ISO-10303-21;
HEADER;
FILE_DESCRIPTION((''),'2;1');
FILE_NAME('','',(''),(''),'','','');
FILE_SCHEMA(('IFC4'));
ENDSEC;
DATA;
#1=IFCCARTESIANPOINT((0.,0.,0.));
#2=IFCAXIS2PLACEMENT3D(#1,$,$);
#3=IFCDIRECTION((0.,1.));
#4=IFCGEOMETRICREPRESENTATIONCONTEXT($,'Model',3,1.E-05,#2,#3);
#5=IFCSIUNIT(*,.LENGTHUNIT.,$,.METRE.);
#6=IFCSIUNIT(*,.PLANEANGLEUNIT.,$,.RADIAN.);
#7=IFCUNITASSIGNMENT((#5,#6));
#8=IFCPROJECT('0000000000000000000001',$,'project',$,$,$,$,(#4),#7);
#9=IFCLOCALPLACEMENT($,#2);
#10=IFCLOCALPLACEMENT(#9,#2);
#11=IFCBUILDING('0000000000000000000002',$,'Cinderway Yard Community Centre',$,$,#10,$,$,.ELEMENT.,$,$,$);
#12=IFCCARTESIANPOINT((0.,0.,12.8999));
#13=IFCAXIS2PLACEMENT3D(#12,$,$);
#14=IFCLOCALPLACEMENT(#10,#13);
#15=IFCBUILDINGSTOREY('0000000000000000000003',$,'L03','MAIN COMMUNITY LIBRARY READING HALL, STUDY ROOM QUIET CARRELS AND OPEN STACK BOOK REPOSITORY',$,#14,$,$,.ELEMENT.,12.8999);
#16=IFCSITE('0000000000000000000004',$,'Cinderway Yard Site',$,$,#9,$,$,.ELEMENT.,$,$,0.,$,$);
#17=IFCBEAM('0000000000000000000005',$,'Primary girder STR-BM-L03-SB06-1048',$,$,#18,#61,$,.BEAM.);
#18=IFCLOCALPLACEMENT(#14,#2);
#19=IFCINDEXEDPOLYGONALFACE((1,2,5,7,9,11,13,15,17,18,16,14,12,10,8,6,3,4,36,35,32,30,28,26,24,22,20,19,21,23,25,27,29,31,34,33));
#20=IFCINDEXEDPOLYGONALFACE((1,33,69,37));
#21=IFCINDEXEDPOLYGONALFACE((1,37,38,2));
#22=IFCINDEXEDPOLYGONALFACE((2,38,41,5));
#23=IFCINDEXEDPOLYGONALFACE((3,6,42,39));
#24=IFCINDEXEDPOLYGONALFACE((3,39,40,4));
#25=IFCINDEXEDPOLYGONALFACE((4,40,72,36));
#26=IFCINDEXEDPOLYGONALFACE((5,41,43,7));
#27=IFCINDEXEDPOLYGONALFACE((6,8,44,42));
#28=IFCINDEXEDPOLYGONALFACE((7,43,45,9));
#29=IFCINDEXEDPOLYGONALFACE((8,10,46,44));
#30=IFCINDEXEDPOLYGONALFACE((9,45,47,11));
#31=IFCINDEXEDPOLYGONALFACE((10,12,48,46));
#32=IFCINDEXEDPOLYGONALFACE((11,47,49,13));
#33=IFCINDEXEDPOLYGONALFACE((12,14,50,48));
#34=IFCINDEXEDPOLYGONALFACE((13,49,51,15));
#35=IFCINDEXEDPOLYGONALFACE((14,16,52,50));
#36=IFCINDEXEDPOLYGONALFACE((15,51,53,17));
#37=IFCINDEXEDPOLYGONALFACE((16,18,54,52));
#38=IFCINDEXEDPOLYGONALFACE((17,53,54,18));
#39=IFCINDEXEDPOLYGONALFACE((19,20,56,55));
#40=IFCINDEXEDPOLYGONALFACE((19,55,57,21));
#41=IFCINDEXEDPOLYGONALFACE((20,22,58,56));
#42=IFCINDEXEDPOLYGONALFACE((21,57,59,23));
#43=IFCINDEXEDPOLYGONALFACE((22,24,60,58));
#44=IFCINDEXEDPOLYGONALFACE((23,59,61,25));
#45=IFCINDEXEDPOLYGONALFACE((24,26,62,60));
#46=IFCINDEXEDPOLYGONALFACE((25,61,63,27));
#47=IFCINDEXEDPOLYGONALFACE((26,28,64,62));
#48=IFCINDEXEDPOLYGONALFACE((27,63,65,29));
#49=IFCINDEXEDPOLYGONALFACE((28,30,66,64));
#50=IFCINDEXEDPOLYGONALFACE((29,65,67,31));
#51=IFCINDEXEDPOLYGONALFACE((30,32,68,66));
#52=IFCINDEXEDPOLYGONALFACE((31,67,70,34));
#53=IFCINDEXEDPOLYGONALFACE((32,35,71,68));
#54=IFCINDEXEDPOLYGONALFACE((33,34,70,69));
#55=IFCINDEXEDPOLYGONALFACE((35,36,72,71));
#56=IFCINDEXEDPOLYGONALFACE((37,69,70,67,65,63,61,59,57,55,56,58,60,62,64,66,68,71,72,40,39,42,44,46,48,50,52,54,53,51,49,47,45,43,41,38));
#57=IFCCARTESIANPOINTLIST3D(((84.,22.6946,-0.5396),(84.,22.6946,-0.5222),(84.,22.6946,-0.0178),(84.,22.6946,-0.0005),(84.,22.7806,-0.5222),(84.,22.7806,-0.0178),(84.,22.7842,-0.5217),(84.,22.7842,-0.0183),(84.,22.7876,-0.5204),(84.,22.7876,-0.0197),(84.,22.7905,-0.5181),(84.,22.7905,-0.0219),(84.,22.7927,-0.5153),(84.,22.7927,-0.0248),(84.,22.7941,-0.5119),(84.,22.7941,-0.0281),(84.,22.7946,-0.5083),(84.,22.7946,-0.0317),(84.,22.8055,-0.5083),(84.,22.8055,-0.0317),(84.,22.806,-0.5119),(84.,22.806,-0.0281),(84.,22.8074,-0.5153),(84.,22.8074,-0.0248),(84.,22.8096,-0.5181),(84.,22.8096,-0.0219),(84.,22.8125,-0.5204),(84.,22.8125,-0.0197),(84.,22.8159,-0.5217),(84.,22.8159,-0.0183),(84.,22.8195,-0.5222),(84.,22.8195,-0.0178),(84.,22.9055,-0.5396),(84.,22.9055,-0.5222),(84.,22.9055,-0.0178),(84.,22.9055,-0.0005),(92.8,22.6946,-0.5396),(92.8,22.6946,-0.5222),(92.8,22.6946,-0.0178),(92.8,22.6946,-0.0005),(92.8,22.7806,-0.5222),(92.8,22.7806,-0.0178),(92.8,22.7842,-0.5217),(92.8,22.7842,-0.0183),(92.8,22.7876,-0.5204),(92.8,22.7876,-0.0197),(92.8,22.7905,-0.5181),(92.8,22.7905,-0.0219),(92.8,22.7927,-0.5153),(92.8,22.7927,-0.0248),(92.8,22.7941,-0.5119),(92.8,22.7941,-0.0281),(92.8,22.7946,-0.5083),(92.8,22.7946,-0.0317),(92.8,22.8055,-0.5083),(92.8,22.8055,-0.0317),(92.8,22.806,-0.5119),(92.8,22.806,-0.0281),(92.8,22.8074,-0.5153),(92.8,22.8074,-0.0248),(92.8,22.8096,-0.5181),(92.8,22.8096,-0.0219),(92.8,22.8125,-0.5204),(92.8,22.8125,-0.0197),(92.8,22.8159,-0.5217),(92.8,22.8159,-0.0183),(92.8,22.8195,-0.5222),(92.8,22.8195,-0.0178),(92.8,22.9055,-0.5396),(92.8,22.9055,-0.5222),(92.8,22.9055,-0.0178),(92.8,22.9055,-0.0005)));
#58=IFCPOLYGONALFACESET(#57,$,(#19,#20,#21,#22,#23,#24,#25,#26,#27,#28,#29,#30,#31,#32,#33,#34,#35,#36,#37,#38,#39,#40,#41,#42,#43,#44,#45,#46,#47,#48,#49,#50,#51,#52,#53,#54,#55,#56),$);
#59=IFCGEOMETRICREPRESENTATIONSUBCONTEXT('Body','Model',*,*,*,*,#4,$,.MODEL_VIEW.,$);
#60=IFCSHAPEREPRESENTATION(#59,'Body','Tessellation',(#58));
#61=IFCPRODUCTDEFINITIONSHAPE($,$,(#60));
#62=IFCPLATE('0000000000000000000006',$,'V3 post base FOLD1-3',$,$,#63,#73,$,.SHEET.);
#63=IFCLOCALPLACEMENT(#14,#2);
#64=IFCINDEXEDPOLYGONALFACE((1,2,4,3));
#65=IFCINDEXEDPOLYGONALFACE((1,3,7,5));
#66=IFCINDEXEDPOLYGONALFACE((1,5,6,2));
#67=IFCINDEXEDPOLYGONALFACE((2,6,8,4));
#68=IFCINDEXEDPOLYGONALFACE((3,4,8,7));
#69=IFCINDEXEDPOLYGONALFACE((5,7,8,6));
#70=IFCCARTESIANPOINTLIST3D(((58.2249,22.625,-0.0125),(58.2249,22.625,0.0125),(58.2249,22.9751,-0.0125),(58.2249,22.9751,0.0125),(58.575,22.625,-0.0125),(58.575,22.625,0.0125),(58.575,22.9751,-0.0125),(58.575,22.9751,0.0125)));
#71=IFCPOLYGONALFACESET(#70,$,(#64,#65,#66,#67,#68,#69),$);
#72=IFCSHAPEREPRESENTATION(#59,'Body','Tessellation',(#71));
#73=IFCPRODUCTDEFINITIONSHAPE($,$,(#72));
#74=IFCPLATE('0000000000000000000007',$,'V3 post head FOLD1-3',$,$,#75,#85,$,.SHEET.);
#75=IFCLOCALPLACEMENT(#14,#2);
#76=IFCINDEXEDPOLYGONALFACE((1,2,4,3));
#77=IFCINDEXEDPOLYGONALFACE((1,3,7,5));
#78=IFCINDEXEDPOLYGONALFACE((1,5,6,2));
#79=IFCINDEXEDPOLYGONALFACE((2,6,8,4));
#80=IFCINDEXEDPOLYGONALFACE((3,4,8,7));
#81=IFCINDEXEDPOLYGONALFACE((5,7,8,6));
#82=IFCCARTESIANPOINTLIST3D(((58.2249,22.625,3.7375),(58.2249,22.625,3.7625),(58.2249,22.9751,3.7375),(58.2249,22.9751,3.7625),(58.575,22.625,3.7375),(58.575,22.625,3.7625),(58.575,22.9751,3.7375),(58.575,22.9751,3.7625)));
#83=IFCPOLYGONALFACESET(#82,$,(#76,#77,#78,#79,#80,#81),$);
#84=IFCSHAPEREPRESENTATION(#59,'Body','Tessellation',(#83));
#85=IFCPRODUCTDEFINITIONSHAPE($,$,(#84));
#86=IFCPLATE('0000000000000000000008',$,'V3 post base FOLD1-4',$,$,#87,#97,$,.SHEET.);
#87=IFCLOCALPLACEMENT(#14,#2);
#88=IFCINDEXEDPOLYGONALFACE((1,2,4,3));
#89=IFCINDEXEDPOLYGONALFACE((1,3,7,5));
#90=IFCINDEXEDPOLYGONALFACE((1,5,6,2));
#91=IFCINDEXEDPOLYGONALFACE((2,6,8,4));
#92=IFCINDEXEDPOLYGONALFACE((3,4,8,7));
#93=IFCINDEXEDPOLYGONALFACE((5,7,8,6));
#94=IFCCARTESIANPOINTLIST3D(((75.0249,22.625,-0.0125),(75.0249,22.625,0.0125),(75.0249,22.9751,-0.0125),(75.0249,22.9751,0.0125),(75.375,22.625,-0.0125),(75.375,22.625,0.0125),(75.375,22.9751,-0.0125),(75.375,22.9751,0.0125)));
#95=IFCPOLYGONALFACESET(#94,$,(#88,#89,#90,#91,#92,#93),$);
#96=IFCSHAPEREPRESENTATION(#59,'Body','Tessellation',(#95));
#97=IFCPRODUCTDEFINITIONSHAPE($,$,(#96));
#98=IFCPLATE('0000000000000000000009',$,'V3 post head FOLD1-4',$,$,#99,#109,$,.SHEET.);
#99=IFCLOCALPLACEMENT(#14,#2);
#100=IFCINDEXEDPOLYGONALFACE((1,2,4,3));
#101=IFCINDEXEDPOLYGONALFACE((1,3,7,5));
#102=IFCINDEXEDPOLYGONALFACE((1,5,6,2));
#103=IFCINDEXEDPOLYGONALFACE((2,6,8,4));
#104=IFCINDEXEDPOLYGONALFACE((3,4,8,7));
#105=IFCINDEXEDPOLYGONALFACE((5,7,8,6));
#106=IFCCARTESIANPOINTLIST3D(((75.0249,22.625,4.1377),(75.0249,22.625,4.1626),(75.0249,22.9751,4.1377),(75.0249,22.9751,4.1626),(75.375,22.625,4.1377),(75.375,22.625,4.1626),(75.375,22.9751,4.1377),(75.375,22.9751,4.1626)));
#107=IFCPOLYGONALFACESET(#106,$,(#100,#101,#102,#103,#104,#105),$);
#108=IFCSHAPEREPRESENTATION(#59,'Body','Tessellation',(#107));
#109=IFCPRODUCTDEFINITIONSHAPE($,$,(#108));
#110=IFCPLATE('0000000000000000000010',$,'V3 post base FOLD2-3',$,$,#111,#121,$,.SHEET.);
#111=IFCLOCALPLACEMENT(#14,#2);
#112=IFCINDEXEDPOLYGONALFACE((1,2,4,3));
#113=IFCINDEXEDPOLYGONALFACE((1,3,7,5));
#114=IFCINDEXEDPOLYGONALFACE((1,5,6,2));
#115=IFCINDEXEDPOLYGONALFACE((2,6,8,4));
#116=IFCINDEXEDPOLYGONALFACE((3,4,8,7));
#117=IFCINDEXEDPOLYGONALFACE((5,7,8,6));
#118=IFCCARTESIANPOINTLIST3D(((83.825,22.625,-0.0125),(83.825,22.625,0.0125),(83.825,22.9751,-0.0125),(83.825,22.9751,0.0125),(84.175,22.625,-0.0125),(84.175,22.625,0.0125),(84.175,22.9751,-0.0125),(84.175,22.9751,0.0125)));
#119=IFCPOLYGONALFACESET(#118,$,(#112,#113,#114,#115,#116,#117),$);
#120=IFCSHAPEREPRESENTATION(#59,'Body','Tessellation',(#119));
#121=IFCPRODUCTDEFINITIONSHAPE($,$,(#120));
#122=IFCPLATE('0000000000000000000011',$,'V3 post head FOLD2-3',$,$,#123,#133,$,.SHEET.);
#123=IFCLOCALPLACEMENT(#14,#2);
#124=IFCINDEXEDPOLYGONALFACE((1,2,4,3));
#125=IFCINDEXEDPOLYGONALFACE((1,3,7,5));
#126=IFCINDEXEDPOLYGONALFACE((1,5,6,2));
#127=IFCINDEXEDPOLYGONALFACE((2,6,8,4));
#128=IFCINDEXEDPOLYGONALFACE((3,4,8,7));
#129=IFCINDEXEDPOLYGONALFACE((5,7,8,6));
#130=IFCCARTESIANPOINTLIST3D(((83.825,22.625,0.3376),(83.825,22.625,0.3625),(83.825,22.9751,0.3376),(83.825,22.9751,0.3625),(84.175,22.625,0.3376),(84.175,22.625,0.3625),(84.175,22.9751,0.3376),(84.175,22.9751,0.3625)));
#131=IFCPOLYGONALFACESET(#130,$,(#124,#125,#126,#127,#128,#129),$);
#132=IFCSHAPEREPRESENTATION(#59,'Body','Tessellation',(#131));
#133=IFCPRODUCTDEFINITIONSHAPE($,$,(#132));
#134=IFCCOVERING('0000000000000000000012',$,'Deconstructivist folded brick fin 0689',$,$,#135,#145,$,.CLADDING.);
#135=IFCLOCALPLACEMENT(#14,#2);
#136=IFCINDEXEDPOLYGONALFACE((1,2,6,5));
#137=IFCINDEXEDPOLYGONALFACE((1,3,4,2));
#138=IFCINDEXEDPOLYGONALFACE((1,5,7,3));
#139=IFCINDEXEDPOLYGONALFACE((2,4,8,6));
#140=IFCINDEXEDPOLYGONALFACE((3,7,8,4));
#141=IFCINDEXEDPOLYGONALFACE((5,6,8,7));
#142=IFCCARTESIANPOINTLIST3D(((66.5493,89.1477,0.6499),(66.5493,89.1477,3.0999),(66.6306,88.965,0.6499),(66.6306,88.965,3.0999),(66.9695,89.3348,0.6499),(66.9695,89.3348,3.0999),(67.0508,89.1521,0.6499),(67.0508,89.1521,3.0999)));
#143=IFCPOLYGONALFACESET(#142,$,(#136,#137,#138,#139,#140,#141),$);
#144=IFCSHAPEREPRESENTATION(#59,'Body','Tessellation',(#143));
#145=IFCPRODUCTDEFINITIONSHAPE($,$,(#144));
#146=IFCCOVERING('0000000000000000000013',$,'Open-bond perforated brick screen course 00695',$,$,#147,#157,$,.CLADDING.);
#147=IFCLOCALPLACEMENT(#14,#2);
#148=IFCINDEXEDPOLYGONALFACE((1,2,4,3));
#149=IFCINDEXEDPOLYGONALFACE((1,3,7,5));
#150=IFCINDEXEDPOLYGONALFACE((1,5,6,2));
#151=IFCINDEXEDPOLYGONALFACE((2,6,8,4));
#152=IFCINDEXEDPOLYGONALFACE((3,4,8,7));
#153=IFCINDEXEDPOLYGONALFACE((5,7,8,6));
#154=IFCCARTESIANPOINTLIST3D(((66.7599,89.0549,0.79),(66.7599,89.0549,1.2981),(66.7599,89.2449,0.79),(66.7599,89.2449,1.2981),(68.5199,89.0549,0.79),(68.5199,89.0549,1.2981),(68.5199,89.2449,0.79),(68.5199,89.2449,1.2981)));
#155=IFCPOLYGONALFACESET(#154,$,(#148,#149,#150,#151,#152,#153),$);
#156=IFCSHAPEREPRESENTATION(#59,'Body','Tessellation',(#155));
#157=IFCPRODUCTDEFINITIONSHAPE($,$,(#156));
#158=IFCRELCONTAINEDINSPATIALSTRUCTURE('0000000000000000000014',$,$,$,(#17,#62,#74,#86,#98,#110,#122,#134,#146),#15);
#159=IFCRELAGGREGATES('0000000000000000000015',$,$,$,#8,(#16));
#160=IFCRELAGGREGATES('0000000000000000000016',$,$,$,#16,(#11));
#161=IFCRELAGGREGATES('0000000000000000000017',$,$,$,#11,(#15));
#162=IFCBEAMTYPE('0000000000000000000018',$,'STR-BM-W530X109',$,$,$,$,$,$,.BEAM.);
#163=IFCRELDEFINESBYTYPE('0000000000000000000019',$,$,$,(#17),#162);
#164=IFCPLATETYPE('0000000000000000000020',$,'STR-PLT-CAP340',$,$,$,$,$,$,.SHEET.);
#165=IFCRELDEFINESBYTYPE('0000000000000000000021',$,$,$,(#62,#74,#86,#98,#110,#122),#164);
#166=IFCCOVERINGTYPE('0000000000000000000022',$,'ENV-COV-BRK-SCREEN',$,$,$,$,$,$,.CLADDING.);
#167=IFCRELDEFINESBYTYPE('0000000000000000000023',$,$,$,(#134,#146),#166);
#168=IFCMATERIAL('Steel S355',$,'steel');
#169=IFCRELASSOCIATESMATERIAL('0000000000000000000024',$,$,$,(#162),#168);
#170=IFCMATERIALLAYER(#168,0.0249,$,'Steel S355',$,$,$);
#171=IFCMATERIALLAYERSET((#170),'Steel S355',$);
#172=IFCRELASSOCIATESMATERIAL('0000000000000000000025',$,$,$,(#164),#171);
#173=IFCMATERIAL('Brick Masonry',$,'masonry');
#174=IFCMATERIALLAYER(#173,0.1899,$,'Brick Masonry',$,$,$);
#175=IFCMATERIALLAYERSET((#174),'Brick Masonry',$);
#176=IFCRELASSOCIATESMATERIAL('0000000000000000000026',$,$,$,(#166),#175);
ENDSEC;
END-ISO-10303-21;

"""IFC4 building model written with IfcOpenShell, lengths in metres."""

from ifc_helpers import new_model, si_unit, direction, frame, origin, origin_2d, place, context, subcontext, project, spatial, rectangle, i_section, extrude, material, layer, layer_set, material_profile, profile_set, type_object, element, save


model = new_model("IFC4")

# Units and contexts
model_context = context("Model", 3, precision=1e-05, world=origin(), true_north=direction((0.0, 1.0)))
body_context = subcontext(model_context, "Body", "Model", "MODEL_VIEW")
ifc_project = project(units=[si_unit("LENGTHUNIT", "METRE"), si_unit("PLANEANGLEUNIT", "RADIAN")], contexts=[model_context])

# Site, building, storey
site_placement = place(None, origin())
site = spatial("IfcSite", under=ifc_project, at=site_placement, Name="Cinderway Yard Site", CompositionType="ELEMENT", RefElevation=0.0)
building_placement = place(site_placement, origin())
building = spatial("IfcBuilding", under=site, at=building_placement, Name="Cinderway Yard Community Centre", CompositionType="ELEMENT")
storey_placement = place(building_placement, frame((0.0, 0.0, 12.8999)))
storey = spatial("IfcBuildingStorey", under=building, at=storey_placement, Name="L03", Description="MAIN COMMUNITY LIBRARY READING HALL, STUDY ROOM QUIET CARRELS AND OPEN STACK BOOK REPOSITORY", CompositionType="ELEMENT", Elevation=12.8999)

# Shared definitions
ifc_material_1 = material(Name="Steel S355", Category="steel")

# Beam
ifc_material_profile_1 = material_profile(ifc_material_1, i_section(OverallWidth=0.2109, OverallDepth=0.5391, WebThickness=0.011, FlangeThickness=0.0173, FilletRadius=0.0139, at=origin_2d()), Name="Steel S355")
ifc_profile_set_1 = profile_set([ifc_material_profile_1], Name="Steel S355")
beam_type_1 = type_object("IfcBeamType", Name="STR-BM-W530X109", PredefinedType="BEAM", material=ifc_profile_set_1)
for number, where, z_axis, x_axis, name in (
    (1, (84.0, 22.8, -0.27), (1.0, 0.0, 0.0), (0.0, 1.0, 0.0), "Primary girder STR-BM-L03-SB06-1048"),
):
    element("IfcBeam", number, at=place(storey_placement, frame(where, z_axis=z_axis, x_axis=x_axis)), inside=storey, type_object=beam_type_1, Name=name, PredefinedType="BEAM", context=body_context, shape_type="SweptSolid", body=[
        extrude(i_section(OverallWidth=0.2109, OverallDepth=0.5391, WebThickness=0.011, FlangeThickness=0.0173, FilletRadius=0.0139, at=origin_2d()), origin(), (0.0, 0.0, 1.0), 8.8),
    ])

# Plates
ifc_layer_1 = layer(ifc_material_1, 0.0249, Name="Steel S355")
ifc_layer_set_1 = layer_set([ifc_layer_1], Name="Steel S355")
plate_type = type_object("IfcPlateType", Name="STR-PLT-CAP340", PredefinedType="SHEET", material=ifc_layer_set_1)
for number, where, z_axis, x_axis, name in (
    (2, (58.3999, 22.8, -0.0125), (0.0, 0.0, 1.0), (1.0, 0.0, 0.0), "V3 post base FOLD1-3"),
    (3, (58.3999, 22.8, 3.7375), (0.0, 0.0, 1.0), (1.0, 0.0, 0.0), "V3 post head FOLD1-3"),
    (4, (75.2, 22.8, -0.0125), (0.0, 0.0, 1.0), (1.0, 0.0, 0.0), "V3 post base FOLD1-4"),
    (5, (75.2, 22.8, 4.1377), (0.0, 0.0, 1.0), (1.0, 0.0, 0.0), "V3 post head FOLD1-4"),
    (6, (84.0, 22.8, -0.0125), (0.0, 0.0, 1.0), (1.0, 0.0, 0.0), "V3 post base FOLD2-3"),
    (7, (84.0, 22.8, 0.3376), (0.0, 0.0, 1.0), (1.0, 0.0, 0.0), "V3 post head FOLD2-3"),
):
    element("IfcPlate", number, at=place(storey_placement, frame(where, z_axis=z_axis, x_axis=x_axis)), inside=storey, type_object=plate_type, Name=name, PredefinedType="SHEET", context=body_context, shape_type="SweptSolid", body=[
        extrude(rectangle(XDim=0.3501, YDim=0.3501, at=origin_2d()), origin(), (0.0, 0.0, 1.0), 0.0249),
    ])

# Coverings
ifc_material_2 = material(Name="Brick Masonry", Category="masonry")
ifc_layer_2 = layer(ifc_material_2, 0.1899, Name="Brick Masonry")
ifc_layer_set_2 = layer_set([ifc_layer_2], Name="Brick Masonry")
covering_type = type_object("IfcCoveringType", Name="ENV-COV-BRK-SCREEN", PredefinedType="CLADDING", material=ifc_layer_set_2)
covering_1_placement = place(storey_placement, frame((66.8, 89.1499, 0.6499), z_axis=(0.0, 0.0, 1.0), x_axis=(-0.913545, -0.406737, 0.0)))
element("IfcCovering", 8, at=covering_1_placement, inside=storey, type_object=covering_type, Name="Deconstructivist folded brick fin 0689", PredefinedType="CLADDING", context=body_context, shape_type="SweptSolid", body=[
    extrude(rectangle(XDim=0.46, YDim=0.2, at=origin_2d()), origin(), (0.0, 0.0, 1.0), 2.45),
])
covering_2_placement = place(storey_placement, frame((67.6399, 89.1499, 0.79), z_axis=(0.0, 0.0, 1.0), x_axis=(-1.0, 0.0, 0.0)))
element("IfcCovering", 9, at=covering_2_placement, inside=storey, type_object=covering_type, Name="Open-bond perforated brick screen course 00695", PredefinedType="CLADDING", context=body_context, shape_type="SweptSolid", body=[
    extrude(rectangle(XDim=1.76, YDim=0.1899, at=origin_2d()), origin(), (0.0, 0.0, 1.0), 0.5081),
])

save(model, "model.ifc")
